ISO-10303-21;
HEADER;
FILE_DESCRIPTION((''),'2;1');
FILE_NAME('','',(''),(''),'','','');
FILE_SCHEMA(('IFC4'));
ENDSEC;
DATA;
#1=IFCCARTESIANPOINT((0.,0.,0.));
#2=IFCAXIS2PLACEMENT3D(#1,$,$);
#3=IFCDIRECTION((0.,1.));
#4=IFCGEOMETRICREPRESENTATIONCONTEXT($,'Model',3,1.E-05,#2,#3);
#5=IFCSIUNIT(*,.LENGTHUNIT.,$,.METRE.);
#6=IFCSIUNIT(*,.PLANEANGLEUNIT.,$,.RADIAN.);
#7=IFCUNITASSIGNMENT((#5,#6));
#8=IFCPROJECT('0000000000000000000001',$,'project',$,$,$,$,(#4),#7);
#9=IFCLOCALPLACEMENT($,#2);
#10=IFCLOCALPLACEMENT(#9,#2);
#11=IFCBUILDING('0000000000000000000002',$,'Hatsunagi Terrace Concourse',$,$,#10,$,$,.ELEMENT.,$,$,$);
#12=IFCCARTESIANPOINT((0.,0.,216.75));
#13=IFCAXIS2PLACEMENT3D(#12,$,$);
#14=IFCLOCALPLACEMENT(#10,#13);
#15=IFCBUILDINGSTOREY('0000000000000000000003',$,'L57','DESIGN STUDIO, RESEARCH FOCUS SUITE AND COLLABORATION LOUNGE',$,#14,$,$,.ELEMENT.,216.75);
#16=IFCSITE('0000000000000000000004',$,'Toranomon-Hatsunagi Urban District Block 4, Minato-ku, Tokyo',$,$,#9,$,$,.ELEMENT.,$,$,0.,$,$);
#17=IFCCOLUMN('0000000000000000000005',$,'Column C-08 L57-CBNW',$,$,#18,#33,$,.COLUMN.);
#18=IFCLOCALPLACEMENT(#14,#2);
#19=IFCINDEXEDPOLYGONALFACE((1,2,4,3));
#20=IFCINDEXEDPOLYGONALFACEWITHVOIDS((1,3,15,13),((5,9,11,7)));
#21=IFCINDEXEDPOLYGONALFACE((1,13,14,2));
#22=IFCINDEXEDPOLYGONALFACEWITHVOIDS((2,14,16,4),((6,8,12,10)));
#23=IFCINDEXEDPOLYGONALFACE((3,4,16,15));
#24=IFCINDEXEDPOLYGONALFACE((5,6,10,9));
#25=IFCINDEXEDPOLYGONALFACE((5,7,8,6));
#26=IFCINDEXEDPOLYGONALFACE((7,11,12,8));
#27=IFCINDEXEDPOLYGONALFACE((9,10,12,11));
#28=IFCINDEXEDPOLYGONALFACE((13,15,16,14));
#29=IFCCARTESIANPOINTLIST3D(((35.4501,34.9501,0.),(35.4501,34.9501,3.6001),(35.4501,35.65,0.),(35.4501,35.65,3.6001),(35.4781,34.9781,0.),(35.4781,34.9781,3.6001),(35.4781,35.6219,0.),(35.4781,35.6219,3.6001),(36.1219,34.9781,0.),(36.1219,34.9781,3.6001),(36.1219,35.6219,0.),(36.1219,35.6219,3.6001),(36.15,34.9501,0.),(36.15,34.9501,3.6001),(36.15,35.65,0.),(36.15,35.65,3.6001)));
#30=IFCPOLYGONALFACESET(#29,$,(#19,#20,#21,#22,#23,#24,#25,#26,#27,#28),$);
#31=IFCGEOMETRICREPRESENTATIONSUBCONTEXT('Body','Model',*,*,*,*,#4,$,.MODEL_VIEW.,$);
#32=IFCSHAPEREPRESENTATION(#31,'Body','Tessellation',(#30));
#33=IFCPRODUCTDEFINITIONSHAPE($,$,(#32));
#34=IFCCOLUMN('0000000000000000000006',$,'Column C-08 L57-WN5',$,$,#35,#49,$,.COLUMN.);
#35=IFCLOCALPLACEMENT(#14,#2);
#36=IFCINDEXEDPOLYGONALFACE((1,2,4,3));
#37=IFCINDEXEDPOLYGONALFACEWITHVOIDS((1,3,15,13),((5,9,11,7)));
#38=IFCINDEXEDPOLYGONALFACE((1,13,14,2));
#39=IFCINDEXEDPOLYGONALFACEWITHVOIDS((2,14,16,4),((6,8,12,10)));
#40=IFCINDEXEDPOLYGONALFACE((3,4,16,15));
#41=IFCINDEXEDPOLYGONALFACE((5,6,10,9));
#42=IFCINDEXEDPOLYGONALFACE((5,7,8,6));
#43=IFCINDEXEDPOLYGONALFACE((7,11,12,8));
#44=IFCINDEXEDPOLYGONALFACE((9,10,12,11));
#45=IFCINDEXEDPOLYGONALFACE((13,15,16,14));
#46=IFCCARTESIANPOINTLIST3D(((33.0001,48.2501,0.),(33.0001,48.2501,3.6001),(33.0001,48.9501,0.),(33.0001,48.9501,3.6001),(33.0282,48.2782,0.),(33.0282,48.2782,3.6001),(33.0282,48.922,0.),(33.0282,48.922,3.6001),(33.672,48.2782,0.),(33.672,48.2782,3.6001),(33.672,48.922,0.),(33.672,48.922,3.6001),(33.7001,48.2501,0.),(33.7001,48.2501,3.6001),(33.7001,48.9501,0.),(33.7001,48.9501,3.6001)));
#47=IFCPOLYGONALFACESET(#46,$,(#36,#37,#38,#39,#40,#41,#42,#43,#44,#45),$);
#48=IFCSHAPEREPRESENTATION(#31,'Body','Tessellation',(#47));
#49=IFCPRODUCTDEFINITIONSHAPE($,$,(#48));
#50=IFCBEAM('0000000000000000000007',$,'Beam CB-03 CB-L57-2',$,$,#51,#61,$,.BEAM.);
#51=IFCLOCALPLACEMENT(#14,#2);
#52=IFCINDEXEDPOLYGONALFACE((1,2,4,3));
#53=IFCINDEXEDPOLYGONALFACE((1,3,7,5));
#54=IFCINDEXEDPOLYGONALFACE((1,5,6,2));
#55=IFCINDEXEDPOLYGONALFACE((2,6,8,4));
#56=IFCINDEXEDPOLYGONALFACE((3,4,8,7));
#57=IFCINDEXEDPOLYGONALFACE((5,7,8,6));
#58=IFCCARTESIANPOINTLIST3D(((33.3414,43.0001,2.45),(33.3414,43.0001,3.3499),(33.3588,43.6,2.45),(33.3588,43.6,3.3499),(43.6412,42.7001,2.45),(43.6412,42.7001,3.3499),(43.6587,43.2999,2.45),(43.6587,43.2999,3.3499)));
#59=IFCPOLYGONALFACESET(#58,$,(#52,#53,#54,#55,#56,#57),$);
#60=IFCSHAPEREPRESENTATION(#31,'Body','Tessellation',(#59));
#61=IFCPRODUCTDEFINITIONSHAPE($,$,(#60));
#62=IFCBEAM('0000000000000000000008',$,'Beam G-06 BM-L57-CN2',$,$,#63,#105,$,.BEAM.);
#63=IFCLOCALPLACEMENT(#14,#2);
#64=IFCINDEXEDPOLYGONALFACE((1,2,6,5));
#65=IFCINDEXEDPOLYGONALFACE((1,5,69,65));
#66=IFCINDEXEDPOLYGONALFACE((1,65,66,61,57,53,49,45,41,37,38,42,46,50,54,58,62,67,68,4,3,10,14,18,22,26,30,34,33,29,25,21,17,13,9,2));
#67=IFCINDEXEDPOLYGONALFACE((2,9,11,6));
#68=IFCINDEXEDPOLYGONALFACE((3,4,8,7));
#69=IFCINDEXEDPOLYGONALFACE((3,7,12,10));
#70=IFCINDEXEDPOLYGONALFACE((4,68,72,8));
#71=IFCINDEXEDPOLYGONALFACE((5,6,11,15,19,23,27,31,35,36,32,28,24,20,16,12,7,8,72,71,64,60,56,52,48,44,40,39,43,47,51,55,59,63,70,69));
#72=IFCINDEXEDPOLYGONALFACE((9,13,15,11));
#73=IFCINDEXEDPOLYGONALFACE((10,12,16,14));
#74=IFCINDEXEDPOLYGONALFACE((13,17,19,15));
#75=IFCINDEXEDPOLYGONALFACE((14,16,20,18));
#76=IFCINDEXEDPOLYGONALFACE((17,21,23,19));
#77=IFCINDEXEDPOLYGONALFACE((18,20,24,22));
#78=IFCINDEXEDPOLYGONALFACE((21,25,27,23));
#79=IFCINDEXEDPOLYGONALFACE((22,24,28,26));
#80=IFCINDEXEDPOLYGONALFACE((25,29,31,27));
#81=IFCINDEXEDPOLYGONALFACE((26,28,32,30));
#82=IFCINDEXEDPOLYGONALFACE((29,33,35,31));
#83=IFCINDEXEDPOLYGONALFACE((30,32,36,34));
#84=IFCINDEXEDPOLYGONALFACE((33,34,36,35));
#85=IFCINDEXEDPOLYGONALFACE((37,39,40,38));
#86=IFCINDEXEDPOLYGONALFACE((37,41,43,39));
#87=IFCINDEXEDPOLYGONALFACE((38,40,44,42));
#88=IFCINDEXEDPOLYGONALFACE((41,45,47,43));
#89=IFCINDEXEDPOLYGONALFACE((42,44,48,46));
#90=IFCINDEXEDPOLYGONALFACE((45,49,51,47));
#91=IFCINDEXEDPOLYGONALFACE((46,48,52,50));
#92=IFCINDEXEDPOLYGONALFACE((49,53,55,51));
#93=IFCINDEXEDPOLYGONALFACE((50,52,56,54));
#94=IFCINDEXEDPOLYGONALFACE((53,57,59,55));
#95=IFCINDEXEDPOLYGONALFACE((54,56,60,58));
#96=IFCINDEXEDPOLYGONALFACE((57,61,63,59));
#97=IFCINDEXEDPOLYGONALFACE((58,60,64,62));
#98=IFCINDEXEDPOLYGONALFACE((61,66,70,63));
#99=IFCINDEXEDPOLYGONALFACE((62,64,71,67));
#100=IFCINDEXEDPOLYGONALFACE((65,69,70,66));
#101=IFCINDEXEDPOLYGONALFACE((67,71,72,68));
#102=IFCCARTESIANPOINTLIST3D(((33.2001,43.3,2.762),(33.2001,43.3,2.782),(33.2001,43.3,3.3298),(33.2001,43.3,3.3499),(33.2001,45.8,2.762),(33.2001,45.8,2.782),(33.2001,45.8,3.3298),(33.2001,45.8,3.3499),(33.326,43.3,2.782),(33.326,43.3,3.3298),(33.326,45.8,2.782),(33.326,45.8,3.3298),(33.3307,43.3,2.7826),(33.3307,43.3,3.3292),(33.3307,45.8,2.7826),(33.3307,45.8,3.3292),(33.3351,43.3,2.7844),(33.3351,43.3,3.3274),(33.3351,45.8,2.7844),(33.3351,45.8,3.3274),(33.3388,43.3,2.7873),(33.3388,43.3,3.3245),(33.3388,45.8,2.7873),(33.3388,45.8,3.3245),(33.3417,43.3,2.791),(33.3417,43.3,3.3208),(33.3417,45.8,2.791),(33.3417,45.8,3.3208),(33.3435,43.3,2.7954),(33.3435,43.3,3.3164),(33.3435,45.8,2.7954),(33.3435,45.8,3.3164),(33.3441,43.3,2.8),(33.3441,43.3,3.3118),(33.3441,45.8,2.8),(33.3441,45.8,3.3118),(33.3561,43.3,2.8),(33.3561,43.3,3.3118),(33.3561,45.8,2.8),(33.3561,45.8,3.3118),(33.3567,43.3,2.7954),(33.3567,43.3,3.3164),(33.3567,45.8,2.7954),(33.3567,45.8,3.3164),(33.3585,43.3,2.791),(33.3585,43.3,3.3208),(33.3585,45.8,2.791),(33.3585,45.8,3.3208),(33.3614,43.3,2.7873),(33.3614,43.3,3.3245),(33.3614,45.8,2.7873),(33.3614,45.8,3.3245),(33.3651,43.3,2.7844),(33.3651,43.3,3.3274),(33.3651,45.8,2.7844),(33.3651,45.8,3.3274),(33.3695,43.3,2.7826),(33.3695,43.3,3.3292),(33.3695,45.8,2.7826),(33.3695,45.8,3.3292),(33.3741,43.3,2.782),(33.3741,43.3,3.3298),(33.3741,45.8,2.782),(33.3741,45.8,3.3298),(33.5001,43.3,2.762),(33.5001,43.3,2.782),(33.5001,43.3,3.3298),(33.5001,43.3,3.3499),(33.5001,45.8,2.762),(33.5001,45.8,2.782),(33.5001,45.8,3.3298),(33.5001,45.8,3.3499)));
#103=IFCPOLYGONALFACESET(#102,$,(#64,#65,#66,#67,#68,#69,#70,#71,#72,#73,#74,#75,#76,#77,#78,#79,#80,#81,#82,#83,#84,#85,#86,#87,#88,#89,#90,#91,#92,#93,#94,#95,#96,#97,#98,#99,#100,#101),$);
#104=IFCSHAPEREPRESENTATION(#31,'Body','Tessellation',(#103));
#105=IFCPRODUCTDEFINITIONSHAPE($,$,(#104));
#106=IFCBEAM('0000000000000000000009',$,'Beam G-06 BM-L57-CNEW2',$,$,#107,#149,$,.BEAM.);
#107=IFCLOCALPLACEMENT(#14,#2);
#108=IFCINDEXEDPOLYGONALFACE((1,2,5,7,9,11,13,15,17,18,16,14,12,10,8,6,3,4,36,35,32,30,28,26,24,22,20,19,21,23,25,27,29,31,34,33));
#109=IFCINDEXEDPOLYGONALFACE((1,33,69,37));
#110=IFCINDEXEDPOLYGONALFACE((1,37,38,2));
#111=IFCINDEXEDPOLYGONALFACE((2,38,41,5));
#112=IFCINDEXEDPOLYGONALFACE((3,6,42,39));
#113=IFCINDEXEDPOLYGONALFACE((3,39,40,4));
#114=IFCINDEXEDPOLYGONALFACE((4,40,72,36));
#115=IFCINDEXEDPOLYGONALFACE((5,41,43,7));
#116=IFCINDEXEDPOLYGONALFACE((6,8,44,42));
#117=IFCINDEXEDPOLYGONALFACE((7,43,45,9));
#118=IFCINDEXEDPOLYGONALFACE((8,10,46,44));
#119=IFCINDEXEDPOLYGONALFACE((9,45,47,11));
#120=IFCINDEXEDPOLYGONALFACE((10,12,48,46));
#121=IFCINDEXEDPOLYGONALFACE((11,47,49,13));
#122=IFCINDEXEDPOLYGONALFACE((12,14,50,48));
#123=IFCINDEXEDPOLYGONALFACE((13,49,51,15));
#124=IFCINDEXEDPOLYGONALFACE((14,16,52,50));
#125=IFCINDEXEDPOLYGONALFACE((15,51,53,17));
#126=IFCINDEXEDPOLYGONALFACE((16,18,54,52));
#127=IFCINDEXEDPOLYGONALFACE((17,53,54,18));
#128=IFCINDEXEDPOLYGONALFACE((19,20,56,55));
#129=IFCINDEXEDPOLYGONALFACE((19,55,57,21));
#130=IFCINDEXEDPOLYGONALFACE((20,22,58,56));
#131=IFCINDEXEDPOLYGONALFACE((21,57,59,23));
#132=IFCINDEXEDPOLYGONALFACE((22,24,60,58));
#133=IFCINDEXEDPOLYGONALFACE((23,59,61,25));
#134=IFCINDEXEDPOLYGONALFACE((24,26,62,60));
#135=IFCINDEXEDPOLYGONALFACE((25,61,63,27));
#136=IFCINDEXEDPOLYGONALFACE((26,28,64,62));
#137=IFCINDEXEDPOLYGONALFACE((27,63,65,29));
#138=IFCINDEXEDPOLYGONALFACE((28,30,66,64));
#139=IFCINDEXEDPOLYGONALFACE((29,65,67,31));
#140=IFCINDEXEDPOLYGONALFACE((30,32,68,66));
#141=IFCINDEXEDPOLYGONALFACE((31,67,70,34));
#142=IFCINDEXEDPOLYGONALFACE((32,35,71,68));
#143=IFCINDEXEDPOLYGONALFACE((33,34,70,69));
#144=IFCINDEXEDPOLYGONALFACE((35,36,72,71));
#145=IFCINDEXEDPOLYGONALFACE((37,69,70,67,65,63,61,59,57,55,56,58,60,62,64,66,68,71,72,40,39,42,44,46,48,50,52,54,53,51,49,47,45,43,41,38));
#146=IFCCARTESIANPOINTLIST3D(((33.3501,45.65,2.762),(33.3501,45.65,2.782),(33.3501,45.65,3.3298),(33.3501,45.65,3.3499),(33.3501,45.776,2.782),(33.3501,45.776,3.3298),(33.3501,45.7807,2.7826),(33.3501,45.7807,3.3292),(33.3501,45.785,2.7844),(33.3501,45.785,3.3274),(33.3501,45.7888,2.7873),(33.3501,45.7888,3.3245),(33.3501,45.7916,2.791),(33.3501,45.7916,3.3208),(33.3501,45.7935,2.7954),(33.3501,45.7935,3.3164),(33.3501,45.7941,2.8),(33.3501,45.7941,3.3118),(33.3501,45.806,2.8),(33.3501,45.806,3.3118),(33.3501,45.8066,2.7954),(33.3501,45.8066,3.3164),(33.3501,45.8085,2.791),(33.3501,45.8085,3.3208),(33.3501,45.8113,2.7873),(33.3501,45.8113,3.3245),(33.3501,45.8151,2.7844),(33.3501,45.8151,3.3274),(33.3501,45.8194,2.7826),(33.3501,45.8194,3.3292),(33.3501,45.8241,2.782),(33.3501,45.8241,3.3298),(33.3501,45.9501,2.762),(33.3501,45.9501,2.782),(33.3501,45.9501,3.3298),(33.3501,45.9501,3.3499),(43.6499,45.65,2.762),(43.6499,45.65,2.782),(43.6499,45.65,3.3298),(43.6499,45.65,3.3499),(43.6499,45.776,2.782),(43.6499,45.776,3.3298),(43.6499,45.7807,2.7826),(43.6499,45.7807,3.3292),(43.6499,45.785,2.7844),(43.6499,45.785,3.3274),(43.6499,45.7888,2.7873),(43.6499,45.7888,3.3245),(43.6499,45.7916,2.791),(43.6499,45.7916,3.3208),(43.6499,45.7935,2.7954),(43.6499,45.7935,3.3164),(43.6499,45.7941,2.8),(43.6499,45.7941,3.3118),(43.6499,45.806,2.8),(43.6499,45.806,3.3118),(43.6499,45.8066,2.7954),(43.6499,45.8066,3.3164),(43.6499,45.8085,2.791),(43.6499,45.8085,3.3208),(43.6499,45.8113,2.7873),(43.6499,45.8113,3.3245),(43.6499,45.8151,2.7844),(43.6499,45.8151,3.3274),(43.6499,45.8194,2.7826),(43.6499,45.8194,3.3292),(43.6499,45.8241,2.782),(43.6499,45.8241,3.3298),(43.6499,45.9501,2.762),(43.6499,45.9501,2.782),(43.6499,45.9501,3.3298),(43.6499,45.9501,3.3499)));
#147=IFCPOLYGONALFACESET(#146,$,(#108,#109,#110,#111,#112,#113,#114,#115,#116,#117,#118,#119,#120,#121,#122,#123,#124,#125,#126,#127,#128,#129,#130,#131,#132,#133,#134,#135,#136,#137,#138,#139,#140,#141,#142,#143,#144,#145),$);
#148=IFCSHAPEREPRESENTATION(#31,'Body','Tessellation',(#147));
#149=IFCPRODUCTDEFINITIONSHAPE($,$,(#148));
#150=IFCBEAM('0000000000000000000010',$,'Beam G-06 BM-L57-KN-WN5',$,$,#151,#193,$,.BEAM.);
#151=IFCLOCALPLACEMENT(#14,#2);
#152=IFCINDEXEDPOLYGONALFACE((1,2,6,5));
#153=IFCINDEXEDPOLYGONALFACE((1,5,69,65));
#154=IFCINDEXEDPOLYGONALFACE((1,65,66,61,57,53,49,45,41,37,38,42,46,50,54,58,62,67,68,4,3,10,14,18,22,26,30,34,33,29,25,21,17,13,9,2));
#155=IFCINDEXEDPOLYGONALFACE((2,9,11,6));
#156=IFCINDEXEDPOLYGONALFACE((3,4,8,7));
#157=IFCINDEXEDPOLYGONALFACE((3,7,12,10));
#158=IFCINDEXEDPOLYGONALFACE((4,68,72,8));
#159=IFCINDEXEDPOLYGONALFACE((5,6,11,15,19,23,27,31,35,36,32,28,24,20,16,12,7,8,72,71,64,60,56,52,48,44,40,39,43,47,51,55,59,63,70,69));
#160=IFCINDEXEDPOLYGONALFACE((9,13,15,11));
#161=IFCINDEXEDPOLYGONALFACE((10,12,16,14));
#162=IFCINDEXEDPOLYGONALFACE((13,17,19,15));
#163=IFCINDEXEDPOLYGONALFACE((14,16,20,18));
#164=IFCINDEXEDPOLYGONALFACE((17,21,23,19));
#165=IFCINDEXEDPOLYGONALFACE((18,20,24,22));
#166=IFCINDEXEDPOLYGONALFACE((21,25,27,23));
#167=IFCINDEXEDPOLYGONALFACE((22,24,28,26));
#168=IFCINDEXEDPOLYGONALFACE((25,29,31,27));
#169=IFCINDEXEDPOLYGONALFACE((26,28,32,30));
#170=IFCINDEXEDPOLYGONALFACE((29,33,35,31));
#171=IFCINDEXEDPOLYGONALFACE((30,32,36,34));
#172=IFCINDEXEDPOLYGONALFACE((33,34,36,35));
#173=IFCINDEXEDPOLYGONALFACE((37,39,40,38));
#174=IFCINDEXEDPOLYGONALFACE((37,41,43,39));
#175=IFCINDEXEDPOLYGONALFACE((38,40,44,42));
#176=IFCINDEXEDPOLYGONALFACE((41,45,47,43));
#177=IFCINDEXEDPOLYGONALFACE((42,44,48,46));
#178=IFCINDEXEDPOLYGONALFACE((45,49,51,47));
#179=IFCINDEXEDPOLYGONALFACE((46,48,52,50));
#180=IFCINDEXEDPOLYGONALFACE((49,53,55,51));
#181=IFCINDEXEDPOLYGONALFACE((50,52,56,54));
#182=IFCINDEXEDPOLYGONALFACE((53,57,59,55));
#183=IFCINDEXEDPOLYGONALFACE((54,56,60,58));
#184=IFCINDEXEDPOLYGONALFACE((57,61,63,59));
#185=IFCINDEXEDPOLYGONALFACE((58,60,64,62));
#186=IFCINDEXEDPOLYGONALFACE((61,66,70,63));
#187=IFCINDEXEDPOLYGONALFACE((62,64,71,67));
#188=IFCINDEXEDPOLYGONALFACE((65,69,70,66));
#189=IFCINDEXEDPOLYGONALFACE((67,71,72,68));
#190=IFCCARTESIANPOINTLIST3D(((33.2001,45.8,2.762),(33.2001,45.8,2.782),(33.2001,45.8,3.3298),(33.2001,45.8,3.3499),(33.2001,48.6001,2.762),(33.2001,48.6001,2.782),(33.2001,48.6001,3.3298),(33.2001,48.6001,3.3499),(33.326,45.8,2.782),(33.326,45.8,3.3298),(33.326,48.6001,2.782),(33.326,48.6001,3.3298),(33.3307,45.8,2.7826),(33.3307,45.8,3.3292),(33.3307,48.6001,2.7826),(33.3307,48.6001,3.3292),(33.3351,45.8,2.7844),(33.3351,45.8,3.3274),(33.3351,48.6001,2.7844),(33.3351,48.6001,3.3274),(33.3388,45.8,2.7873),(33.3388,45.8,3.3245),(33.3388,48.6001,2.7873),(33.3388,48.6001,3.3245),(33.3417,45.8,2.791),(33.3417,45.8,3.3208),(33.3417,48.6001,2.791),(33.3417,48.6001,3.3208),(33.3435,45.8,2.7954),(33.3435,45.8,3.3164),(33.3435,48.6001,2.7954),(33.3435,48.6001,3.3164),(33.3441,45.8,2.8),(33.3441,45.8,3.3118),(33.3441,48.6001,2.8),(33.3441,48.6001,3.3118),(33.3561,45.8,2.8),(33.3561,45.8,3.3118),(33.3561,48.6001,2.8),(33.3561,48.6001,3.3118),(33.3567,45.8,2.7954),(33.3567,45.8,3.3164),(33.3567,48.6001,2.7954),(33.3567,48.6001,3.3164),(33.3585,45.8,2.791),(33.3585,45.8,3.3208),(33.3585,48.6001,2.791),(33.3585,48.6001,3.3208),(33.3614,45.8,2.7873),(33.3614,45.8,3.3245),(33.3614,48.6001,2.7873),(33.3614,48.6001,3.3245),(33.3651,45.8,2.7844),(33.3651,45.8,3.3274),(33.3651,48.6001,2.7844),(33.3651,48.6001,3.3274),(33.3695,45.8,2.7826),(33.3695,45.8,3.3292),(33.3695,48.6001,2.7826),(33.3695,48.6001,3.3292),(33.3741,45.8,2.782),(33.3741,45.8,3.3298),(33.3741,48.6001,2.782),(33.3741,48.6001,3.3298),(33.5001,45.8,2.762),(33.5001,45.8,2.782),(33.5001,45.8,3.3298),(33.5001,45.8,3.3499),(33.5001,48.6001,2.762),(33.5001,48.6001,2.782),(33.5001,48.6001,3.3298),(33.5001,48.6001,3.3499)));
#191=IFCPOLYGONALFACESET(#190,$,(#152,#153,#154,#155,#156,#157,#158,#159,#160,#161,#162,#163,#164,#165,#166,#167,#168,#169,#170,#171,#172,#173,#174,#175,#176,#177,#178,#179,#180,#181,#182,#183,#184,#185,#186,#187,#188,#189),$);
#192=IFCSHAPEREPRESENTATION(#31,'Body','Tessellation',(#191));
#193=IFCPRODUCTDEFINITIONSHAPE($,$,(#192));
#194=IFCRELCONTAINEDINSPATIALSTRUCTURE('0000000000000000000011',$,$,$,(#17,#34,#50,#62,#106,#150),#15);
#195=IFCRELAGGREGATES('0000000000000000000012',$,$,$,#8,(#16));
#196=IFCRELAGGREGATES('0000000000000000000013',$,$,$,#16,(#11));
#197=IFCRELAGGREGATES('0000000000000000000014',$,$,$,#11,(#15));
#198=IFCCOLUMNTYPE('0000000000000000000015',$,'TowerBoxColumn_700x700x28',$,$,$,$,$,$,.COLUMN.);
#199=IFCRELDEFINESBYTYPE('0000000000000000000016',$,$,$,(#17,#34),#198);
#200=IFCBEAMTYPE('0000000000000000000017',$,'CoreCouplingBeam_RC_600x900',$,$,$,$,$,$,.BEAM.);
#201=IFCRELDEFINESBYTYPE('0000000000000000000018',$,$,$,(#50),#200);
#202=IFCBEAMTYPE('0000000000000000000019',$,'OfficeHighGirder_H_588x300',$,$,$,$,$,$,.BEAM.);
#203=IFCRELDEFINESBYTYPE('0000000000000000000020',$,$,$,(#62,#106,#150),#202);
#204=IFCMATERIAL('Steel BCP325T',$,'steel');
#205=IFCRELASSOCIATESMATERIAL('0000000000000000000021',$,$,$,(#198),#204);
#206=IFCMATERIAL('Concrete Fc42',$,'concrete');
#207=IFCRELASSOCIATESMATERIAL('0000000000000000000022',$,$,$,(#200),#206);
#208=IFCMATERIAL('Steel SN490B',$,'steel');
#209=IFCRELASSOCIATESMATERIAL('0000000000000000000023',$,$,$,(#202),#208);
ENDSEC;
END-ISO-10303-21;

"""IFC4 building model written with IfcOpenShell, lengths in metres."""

from ifc_helpers import new_model, si_unit, direction, frame, origin, origin_2d, place, context, subcontext, project, spatial, rectangle, hollow_rectangle, i_section, extrude, material, material_profile, profile_set, type_object, element, save


model = new_model("IFC4")

# Units and contexts
model_context = context("Model", 3, precision=1e-05, world=origin(), true_north=direction((0.0, 1.0)))
body_context = subcontext(model_context, "Body", "Model", "MODEL_VIEW")
ifc_project = project(units=[si_unit("LENGTHUNIT", "METRE"), si_unit("PLANEANGLEUNIT", "RADIAN")], contexts=[model_context])

# Site, building, storey
site_placement = place(None, origin())
site = spatial("IfcSite", under=ifc_project, at=site_placement, Name="Toranomon-Hatsunagi Urban District Block 4, Minato-ku, Tokyo", CompositionType="ELEMENT", RefElevation=0.0)
building_placement = place(site_placement, origin())
building = spatial("IfcBuilding", under=site, at=building_placement, Name="Hatsunagi Terrace Concourse", CompositionType="ELEMENT")
storey_placement = place(building_placement, frame((0.0, 0.0, 216.75)))
storey = spatial("IfcBuildingStorey", under=building, at=storey_placement, Name="L57", Description="DESIGN STUDIO, RESEARCH FOCUS SUITE AND COLLABORATION LOUNGE", CompositionType="ELEMENT", Elevation=216.75)

# Columns
ifc_material_1 = material(Name="Steel BCP325T", Category="steel")
ifc_material_profile_1 = material_profile(ifc_material_1, hollow_rectangle(XDim=0.7, YDim=0.7, WallThickness=0.0281, at=origin_2d()), Name="BCP-700x700x28")
ifc_profile_set_1 = profile_set([ifc_material_profile_1], Name="Steel BCP325T")
column_type = type_object("IfcColumnType", Name="TowerBoxColumn_700x700x28", PredefinedType="COLUMN", material=ifc_profile_set_1)
for number, where, z_axis, x_axis, name in (
    (1, (35.8, 35.3, 0.0), (0.0, 0.0, 1.0), (1.0, 0.0, 0.0), "Column C-08 L57-CBNW"),
    (2, (33.3501, 48.6001, 0.0), (0.0, 0.0, 1.0), (1.0, 0.0, 0.0), "Column C-08 L57-WN5"),
):
    element("IfcColumn", number, at=place(storey_placement, frame(where, z_axis=z_axis, x_axis=x_axis)), inside=storey, type_object=column_type, Name=name, PredefinedType="COLUMN", context=body_context, shape_type="SweptSolid", body=[
        extrude(hollow_rectangle(XDim=0.7, YDim=0.7, WallThickness=0.0281, at=origin_2d()), origin(), (0.0, 0.0, 1.0), 3.6001),
    ])

# Beams
ifc_material_2 = material(Name="Concrete Fc42", Category="concrete")
ifc_material_profile_2 = material_profile(ifc_material_2, rectangle(XDim=0.6001, YDim=0.8999, at=origin_2d()), Name="RC-600x900")
ifc_profile_set_2 = profile_set([ifc_material_profile_2], Name="Concrete Fc42")
beam_type_1 = type_object("IfcBeamType", Name="CoreCouplingBeam_RC_600x900", PredefinedType="BEAM", material=ifc_profile_set_2)
beam_1_placement = place(storey_placement, frame((33.3501, 43.3, 2.8999), z_axis=(0.999576, -0.029119, 0.0), x_axis=(0.029119, 0.999576, 0.0)))
element("IfcBeam", 3, at=beam_1_placement, inside=storey, type_object=beam_type_1, Name="Beam CB-03 CB-L57-2", PredefinedType="BEAM", context=body_context, shape_type="SweptSolid", body=[
    extrude(rectangle(XDim=0.6001, YDim=0.8999, at=origin_2d()), origin(), (0.0, 0.0, 1.0), 10.3042),
])
ifc_material_3 = material(Name="Steel SN490B", Category="steel")
ifc_material_profile_3 = material_profile(ifc_material_3, i_section(OverallWidth=0.3, OverallDepth=0.5879, WebThickness=0.012, FlangeThickness=0.02, FilletRadius=0.0181, at=origin_2d()), Name="H-588x300x12x20")
ifc_profile_set_3 = profile_set([ifc_material_profile_3], Name="Steel SN490B")
beam_type_2 = type_object("IfcBeamType", Name="OfficeHighGirder_H_588x300", PredefinedType="BEAM", material=ifc_profile_set_3)
beam_2_placement = place(storey_placement, frame((33.3501, 43.3, 3.0559), z_axis=(0.0, 1.0, 0.0), x_axis=(-1.0, 0.0, 0.0)))
element("IfcBeam", 4, at=beam_2_placement, inside=storey, type_object=beam_type_2, Name="Beam G-06 BM-L57-CN2", PredefinedType="BEAM", context=body_context, shape_type="SweptSolid", body=[
    extrude(i_section(OverallWidth=0.3, OverallDepth=0.5879, WebThickness=0.012, FlangeThickness=0.02, FilletRadius=0.0181, at=origin_2d()), origin(), (0.0, 0.0, 1.0), 2.5),
])
beam_3_placement = place(storey_placement, frame((33.3501, 45.8, 3.0559), z_axis=(1.0, 0.0, 0.0), x_axis=(0.0, 1.0, 0.0)))
element("IfcBeam", 5, at=beam_3_placement, inside=storey, type_object=beam_type_2, Name="Beam G-06 BM-L57-CNEW2", PredefinedType="BEAM", context=body_context, shape_type="SweptSolid", body=[
    extrude(i_section(OverallWidth=0.3, OverallDepth=0.5879, WebThickness=0.012, FlangeThickness=0.02, FilletRadius=0.0181, at=origin_2d()), origin(), (0.0, 0.0, 1.0), 10.2998),
])
beam_4_placement = place(storey_placement, frame((33.3501, 45.8, 3.0559), z_axis=(0.0, 1.0, 0.0), x_axis=(-1.0, 0.0, 0.0)))
element("IfcBeam", 6, at=beam_4_placement, inside=storey, type_object=beam_type_2, Name="Beam G-06 BM-L57-KN-WN5", PredefinedType="BEAM", context=body_context, shape_type="SweptSolid", body=[
    extrude(i_section(OverallWidth=0.3, OverallDepth=0.5879, WebThickness=0.012, FlangeThickness=0.02, FilletRadius=0.0181, at=origin_2d()), origin(), (0.0, 0.0, 1.0), 2.8),
])

save(model, "model.ifc")
